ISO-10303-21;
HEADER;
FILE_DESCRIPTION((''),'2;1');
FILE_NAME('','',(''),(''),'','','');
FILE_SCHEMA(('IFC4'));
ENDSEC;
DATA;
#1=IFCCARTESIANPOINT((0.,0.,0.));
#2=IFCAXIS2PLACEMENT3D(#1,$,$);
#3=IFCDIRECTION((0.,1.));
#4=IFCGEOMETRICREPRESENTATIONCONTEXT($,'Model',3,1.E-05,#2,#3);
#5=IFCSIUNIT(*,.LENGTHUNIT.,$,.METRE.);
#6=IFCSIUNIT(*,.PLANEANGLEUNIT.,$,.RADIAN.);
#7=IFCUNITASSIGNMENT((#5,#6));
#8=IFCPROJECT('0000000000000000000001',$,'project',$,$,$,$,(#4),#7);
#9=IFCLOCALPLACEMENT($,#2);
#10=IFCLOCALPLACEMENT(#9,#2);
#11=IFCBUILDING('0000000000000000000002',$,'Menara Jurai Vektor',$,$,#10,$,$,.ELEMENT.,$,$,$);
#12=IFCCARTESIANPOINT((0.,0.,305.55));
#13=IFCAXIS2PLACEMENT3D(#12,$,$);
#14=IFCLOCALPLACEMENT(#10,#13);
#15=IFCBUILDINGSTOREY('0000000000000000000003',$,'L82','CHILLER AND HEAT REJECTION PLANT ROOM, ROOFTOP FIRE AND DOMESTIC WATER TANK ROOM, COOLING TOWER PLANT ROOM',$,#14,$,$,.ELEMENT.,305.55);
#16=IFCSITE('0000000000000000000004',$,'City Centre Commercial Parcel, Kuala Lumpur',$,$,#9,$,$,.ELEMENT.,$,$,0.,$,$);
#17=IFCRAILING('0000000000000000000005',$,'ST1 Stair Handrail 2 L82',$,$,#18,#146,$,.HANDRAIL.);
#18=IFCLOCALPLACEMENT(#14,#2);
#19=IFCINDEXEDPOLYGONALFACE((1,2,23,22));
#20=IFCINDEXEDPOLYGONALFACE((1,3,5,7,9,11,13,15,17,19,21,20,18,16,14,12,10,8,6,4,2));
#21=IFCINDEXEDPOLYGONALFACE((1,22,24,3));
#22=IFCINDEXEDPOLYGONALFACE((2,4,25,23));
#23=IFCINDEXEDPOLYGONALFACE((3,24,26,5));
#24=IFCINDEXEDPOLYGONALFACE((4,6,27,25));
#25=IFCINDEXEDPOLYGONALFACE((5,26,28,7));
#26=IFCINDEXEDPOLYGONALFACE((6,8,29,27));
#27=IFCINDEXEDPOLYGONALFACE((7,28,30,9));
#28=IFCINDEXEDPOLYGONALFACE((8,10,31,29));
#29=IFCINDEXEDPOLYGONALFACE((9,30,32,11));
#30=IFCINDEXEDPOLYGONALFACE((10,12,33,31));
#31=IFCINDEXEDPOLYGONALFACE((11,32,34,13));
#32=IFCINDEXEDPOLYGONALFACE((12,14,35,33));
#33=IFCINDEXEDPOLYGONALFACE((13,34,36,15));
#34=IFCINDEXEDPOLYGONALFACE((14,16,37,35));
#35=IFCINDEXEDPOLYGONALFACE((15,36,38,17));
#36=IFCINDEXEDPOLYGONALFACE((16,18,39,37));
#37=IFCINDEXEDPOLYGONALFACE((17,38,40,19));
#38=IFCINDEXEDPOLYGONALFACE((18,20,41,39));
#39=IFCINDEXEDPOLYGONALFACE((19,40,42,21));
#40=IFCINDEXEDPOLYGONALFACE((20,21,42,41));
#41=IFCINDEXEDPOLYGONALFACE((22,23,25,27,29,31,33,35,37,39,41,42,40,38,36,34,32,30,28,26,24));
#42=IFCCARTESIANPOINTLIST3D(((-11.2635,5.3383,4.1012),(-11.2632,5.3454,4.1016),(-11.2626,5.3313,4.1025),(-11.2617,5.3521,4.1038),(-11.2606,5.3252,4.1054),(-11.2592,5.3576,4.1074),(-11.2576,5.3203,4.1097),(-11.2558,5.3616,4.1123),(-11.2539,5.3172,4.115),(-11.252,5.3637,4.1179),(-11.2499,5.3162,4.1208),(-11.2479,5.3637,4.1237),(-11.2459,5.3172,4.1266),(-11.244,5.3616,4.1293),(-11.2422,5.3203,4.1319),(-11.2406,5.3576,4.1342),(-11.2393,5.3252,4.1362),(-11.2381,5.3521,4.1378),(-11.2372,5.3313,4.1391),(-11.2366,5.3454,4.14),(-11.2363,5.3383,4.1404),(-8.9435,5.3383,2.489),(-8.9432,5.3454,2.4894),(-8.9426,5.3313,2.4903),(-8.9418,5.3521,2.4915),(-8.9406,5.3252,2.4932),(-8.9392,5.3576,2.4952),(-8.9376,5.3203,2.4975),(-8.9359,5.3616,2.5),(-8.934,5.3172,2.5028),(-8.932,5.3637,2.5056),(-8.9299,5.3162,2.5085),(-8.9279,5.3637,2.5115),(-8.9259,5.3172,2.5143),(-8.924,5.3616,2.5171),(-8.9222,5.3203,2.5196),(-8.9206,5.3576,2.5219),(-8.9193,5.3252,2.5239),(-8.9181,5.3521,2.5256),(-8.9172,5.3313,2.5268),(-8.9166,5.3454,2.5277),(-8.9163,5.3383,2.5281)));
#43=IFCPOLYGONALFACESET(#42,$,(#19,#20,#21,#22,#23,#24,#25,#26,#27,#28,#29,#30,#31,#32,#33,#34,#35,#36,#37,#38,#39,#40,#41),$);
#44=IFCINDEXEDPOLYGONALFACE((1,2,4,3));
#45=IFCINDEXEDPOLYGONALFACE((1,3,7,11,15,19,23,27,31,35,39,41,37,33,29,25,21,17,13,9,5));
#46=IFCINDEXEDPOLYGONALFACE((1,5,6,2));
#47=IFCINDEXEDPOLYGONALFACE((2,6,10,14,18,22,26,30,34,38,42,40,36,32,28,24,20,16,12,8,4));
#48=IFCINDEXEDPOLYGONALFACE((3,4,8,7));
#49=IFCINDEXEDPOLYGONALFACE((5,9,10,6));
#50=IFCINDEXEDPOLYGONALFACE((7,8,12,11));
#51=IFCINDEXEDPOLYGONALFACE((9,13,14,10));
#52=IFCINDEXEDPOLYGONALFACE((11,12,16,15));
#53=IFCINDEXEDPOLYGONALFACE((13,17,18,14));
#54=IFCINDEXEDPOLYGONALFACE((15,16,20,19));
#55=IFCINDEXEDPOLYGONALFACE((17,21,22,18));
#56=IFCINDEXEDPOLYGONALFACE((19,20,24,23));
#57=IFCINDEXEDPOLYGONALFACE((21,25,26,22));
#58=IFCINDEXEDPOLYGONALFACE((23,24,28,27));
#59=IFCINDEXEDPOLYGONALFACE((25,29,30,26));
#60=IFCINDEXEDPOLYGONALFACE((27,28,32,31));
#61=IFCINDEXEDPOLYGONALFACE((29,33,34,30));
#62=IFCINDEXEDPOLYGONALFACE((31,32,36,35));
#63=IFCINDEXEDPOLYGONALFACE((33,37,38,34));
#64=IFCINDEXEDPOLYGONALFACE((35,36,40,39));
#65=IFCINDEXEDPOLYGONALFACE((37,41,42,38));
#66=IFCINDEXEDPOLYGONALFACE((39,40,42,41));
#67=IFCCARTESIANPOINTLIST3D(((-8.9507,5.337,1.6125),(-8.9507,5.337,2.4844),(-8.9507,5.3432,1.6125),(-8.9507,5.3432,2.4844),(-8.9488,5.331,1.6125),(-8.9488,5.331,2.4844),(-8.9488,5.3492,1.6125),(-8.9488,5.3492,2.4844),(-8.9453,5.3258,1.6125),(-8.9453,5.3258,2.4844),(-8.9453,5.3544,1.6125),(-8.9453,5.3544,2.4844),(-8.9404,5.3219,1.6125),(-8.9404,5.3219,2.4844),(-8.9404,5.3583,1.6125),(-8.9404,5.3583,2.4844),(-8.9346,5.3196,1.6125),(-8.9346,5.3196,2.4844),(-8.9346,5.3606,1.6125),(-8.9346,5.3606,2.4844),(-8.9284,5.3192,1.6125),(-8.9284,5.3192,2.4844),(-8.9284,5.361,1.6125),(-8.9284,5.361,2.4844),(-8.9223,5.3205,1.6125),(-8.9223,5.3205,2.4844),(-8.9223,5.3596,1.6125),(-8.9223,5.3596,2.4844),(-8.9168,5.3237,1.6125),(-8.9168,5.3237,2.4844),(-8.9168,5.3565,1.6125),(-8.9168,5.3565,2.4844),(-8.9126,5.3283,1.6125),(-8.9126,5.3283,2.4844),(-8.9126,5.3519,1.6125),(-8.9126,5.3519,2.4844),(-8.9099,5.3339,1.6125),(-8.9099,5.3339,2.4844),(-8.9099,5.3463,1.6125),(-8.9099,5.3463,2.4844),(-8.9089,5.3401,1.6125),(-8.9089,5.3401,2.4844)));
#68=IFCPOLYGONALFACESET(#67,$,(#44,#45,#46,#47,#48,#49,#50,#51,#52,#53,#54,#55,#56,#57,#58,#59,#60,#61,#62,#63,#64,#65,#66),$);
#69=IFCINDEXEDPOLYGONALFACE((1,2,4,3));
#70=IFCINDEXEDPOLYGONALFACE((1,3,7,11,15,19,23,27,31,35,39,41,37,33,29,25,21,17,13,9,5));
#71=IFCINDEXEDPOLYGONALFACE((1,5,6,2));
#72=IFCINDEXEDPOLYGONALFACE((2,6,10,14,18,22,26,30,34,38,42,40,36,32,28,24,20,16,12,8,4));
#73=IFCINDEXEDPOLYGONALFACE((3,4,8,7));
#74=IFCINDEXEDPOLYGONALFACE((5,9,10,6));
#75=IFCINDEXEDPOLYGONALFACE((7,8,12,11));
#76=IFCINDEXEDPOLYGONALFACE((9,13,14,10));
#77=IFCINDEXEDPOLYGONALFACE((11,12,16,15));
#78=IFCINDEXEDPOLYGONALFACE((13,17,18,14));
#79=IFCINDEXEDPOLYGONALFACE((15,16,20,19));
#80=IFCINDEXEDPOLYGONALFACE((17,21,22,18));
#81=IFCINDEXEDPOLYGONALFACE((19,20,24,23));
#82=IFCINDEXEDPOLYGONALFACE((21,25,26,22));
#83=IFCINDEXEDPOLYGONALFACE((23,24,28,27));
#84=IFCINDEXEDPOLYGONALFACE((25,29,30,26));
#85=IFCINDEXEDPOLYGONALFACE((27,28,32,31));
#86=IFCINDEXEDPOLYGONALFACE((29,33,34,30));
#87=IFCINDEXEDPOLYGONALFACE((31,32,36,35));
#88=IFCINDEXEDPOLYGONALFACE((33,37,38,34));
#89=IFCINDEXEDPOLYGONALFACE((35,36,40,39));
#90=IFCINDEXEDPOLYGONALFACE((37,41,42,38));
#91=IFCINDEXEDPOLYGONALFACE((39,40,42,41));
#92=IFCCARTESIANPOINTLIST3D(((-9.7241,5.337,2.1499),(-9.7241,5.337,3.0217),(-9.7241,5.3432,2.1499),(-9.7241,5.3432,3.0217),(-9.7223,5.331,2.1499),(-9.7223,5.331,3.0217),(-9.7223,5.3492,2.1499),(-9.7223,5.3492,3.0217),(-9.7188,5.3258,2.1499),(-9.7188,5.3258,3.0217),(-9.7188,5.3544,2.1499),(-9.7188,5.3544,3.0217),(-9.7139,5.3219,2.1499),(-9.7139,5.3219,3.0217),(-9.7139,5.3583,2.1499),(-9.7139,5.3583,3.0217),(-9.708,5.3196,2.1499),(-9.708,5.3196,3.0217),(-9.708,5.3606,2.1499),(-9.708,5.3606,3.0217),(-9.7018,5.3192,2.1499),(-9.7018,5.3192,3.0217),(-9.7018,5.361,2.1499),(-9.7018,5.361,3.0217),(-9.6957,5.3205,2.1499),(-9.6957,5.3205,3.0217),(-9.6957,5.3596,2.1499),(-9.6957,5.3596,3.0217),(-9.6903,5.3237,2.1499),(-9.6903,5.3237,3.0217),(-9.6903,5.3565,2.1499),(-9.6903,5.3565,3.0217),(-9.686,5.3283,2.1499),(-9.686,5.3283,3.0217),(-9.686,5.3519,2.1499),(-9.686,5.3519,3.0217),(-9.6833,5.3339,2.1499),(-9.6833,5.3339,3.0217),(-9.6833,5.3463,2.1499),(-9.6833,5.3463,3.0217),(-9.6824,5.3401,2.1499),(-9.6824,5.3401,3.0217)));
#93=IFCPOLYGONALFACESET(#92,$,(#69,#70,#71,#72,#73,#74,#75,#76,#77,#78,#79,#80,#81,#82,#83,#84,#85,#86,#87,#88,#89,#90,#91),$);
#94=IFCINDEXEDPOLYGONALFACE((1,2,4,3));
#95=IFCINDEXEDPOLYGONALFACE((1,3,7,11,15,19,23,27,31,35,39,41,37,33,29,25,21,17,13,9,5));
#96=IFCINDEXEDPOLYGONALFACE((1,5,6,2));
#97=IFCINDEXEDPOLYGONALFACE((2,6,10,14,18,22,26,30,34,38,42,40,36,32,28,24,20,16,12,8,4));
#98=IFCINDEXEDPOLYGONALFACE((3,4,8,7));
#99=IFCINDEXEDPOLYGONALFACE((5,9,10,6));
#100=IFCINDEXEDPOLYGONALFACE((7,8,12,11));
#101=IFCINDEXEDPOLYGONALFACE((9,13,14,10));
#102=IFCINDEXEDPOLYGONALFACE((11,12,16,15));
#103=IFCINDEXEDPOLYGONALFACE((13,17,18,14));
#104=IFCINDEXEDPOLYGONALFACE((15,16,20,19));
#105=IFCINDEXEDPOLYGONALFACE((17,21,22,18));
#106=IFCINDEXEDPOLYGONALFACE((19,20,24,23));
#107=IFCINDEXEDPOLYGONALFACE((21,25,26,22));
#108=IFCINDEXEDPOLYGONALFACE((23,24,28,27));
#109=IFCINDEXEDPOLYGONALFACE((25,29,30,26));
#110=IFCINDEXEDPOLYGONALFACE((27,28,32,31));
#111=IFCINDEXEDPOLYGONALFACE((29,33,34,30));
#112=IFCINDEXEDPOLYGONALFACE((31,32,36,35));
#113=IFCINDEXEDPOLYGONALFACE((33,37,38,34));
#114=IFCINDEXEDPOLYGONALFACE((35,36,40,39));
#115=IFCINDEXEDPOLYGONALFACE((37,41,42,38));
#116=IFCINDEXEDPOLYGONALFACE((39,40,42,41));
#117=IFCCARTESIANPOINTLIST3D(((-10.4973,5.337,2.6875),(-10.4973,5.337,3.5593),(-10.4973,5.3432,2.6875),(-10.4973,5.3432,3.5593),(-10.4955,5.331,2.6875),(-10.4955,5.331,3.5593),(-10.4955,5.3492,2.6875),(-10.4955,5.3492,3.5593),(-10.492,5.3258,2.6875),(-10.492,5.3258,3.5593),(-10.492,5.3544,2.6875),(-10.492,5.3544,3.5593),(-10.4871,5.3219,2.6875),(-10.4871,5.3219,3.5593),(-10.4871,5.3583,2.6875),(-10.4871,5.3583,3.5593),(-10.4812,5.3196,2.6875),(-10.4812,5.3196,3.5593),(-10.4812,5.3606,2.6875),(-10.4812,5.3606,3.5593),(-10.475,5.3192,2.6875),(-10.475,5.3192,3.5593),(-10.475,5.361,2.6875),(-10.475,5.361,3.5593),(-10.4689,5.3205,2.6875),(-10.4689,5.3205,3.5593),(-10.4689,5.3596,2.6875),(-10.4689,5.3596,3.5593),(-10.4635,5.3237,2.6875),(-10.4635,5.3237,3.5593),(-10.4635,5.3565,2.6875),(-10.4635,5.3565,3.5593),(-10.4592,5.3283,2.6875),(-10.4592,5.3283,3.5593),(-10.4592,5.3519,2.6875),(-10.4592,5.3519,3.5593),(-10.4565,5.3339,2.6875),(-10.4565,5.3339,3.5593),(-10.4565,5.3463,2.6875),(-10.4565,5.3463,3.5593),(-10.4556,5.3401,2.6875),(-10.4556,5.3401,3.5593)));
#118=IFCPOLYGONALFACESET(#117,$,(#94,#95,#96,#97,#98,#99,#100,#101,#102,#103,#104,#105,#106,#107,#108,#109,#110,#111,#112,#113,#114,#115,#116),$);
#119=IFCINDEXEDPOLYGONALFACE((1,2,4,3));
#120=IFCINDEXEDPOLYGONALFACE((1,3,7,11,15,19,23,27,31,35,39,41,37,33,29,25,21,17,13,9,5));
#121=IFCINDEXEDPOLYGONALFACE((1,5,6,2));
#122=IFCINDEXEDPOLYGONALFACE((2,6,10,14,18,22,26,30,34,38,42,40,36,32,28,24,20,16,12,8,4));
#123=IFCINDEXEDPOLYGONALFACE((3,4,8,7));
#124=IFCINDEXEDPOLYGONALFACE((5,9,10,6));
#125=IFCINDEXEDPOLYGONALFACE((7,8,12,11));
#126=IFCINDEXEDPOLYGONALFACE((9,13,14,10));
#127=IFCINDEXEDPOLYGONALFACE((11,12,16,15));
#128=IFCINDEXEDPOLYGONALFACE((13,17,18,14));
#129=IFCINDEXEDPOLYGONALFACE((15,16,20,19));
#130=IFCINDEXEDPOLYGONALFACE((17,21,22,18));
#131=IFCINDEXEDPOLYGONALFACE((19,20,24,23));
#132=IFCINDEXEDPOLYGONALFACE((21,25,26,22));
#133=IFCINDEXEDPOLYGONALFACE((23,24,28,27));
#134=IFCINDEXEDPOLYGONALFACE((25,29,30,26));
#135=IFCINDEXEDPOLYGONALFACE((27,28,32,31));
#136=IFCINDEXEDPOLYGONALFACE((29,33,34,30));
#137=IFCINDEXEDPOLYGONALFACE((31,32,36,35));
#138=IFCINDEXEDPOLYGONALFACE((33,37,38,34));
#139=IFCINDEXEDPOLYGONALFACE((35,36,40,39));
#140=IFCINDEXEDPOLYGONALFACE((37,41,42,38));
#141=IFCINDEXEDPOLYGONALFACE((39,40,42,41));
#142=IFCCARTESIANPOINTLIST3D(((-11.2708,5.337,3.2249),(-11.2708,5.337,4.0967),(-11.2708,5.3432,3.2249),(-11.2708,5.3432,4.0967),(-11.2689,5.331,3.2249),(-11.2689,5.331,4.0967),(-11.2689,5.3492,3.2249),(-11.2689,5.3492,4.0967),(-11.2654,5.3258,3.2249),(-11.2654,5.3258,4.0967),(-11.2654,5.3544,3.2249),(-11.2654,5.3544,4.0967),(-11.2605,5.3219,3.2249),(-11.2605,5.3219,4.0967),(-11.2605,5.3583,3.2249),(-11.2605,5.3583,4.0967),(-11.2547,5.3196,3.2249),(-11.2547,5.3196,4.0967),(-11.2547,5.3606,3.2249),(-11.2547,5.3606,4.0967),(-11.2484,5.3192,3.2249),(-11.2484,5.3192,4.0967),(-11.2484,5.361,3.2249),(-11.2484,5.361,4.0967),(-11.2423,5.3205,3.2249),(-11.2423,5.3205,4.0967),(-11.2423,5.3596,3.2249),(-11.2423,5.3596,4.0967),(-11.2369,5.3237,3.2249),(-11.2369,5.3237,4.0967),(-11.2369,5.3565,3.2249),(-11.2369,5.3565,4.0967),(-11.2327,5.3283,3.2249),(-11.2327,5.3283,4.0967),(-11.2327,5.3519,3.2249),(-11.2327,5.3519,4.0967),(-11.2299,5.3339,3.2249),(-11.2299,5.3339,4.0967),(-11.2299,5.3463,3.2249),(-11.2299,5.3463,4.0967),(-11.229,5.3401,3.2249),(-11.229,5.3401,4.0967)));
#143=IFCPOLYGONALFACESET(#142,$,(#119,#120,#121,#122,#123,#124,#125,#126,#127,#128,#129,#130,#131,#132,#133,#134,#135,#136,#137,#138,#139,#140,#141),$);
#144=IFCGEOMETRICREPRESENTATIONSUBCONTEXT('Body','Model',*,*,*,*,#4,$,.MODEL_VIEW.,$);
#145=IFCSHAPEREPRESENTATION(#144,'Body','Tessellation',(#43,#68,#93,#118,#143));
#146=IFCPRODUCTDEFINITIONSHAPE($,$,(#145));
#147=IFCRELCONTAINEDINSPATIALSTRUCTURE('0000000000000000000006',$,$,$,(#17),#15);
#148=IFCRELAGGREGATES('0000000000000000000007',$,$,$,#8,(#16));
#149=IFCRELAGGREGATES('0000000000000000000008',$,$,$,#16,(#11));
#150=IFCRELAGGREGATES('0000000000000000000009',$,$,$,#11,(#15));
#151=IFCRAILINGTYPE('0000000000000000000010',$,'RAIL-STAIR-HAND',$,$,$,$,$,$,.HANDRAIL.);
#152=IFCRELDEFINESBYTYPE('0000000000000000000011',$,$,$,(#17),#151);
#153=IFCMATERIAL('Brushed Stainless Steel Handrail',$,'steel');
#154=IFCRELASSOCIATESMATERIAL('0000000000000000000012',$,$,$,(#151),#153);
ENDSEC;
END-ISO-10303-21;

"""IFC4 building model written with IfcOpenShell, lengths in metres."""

from ifc_helpers import new_model, si_unit, direction, frame, origin, origin_2d, place, context, subcontext, project, spatial, circle, extrude, material, type_object, element, save


model = new_model("IFC4")

# Units and contexts
model_context = context("Model", 3, precision=1e-05, world=origin(), true_north=direction((0.0, 1.0)))
body_context = subcontext(model_context, "Body", "Model", "MODEL_VIEW")
ifc_project = project(units=[si_unit("LENGTHUNIT", "METRE"), si_unit("PLANEANGLEUNIT", "RADIAN")], contexts=[model_context])

# Site, building, storey
site_placement = place(None, origin())
site = spatial("IfcSite", under=ifc_project, at=site_placement, Name="City Centre Commercial Parcel, Kuala Lumpur", CompositionType="ELEMENT", RefElevation=0.0)
building_placement = place(site_placement, origin())
building = spatial("IfcBuilding", under=site, at=building_placement, Name="Menara Jurai Vektor", CompositionType="ELEMENT")
storey_placement = place(building_placement, frame((0.0, 0.0, 305.55)))
storey = spatial("IfcBuildingStorey", under=building, at=storey_placement, Name="L82", Description="CHILLER AND HEAT REJECTION PLANT ROOM, ROOFTOP FIRE AND DOMESTIC WATER TANK ROOM, COOLING TOWER PLANT ROOM", CompositionType="ELEMENT", Elevation=305.55)

# Railing
ifc_material_1 = material(Name="Brushed Stainless Steel Handrail", Category="steel")
railing_type = type_object("IfcRailingType", Name="RAIL-STAIR-HAND", PredefinedType="HANDRAIL", material=ifc_material_1)
railing_1_placement = place(storey_placement, frame((-8.9299, 5.3401, 1.6125)))
element("IfcRailing", 1, at=railing_1_placement, inside=storey, type_object=railing_type, Name="ST1 Stair Handrail 2 L82", PredefinedType="HANDRAIL", context=body_context, shape_type="SweptSolid", body=[
    extrude(circle(Radius=0.0239, at=origin_2d()), frame((0.0, 0.0, 0.896), z_axis=(-0.82118, 0.0, 0.570669), x_axis=(0.0, -1.0, 0.0)), (0.0, 0.0, 1.0), 2.8252),
    extrude(circle(Radius=0.021, at=origin_2d()), origin(), (0.0, 0.0, 1.0), 0.8718),
    extrude(circle(Radius=0.021, at=origin_2d()), frame((-0.7734, 0.0, 0.5374)), (0.0, 0.0, 1.0), 0.8718),
    extrude(circle(Radius=0.021, at=origin_2d()), frame((-1.5466, 0.0, 1.075)), (0.0, 0.0, 1.0), 0.8718),
    extrude(circle(Radius=0.021, at=origin_2d()), frame((-2.3201, 0.0, 1.6123)), (0.0, 0.0, 1.0), 0.8718),
])

save(model, "model.ifc")
